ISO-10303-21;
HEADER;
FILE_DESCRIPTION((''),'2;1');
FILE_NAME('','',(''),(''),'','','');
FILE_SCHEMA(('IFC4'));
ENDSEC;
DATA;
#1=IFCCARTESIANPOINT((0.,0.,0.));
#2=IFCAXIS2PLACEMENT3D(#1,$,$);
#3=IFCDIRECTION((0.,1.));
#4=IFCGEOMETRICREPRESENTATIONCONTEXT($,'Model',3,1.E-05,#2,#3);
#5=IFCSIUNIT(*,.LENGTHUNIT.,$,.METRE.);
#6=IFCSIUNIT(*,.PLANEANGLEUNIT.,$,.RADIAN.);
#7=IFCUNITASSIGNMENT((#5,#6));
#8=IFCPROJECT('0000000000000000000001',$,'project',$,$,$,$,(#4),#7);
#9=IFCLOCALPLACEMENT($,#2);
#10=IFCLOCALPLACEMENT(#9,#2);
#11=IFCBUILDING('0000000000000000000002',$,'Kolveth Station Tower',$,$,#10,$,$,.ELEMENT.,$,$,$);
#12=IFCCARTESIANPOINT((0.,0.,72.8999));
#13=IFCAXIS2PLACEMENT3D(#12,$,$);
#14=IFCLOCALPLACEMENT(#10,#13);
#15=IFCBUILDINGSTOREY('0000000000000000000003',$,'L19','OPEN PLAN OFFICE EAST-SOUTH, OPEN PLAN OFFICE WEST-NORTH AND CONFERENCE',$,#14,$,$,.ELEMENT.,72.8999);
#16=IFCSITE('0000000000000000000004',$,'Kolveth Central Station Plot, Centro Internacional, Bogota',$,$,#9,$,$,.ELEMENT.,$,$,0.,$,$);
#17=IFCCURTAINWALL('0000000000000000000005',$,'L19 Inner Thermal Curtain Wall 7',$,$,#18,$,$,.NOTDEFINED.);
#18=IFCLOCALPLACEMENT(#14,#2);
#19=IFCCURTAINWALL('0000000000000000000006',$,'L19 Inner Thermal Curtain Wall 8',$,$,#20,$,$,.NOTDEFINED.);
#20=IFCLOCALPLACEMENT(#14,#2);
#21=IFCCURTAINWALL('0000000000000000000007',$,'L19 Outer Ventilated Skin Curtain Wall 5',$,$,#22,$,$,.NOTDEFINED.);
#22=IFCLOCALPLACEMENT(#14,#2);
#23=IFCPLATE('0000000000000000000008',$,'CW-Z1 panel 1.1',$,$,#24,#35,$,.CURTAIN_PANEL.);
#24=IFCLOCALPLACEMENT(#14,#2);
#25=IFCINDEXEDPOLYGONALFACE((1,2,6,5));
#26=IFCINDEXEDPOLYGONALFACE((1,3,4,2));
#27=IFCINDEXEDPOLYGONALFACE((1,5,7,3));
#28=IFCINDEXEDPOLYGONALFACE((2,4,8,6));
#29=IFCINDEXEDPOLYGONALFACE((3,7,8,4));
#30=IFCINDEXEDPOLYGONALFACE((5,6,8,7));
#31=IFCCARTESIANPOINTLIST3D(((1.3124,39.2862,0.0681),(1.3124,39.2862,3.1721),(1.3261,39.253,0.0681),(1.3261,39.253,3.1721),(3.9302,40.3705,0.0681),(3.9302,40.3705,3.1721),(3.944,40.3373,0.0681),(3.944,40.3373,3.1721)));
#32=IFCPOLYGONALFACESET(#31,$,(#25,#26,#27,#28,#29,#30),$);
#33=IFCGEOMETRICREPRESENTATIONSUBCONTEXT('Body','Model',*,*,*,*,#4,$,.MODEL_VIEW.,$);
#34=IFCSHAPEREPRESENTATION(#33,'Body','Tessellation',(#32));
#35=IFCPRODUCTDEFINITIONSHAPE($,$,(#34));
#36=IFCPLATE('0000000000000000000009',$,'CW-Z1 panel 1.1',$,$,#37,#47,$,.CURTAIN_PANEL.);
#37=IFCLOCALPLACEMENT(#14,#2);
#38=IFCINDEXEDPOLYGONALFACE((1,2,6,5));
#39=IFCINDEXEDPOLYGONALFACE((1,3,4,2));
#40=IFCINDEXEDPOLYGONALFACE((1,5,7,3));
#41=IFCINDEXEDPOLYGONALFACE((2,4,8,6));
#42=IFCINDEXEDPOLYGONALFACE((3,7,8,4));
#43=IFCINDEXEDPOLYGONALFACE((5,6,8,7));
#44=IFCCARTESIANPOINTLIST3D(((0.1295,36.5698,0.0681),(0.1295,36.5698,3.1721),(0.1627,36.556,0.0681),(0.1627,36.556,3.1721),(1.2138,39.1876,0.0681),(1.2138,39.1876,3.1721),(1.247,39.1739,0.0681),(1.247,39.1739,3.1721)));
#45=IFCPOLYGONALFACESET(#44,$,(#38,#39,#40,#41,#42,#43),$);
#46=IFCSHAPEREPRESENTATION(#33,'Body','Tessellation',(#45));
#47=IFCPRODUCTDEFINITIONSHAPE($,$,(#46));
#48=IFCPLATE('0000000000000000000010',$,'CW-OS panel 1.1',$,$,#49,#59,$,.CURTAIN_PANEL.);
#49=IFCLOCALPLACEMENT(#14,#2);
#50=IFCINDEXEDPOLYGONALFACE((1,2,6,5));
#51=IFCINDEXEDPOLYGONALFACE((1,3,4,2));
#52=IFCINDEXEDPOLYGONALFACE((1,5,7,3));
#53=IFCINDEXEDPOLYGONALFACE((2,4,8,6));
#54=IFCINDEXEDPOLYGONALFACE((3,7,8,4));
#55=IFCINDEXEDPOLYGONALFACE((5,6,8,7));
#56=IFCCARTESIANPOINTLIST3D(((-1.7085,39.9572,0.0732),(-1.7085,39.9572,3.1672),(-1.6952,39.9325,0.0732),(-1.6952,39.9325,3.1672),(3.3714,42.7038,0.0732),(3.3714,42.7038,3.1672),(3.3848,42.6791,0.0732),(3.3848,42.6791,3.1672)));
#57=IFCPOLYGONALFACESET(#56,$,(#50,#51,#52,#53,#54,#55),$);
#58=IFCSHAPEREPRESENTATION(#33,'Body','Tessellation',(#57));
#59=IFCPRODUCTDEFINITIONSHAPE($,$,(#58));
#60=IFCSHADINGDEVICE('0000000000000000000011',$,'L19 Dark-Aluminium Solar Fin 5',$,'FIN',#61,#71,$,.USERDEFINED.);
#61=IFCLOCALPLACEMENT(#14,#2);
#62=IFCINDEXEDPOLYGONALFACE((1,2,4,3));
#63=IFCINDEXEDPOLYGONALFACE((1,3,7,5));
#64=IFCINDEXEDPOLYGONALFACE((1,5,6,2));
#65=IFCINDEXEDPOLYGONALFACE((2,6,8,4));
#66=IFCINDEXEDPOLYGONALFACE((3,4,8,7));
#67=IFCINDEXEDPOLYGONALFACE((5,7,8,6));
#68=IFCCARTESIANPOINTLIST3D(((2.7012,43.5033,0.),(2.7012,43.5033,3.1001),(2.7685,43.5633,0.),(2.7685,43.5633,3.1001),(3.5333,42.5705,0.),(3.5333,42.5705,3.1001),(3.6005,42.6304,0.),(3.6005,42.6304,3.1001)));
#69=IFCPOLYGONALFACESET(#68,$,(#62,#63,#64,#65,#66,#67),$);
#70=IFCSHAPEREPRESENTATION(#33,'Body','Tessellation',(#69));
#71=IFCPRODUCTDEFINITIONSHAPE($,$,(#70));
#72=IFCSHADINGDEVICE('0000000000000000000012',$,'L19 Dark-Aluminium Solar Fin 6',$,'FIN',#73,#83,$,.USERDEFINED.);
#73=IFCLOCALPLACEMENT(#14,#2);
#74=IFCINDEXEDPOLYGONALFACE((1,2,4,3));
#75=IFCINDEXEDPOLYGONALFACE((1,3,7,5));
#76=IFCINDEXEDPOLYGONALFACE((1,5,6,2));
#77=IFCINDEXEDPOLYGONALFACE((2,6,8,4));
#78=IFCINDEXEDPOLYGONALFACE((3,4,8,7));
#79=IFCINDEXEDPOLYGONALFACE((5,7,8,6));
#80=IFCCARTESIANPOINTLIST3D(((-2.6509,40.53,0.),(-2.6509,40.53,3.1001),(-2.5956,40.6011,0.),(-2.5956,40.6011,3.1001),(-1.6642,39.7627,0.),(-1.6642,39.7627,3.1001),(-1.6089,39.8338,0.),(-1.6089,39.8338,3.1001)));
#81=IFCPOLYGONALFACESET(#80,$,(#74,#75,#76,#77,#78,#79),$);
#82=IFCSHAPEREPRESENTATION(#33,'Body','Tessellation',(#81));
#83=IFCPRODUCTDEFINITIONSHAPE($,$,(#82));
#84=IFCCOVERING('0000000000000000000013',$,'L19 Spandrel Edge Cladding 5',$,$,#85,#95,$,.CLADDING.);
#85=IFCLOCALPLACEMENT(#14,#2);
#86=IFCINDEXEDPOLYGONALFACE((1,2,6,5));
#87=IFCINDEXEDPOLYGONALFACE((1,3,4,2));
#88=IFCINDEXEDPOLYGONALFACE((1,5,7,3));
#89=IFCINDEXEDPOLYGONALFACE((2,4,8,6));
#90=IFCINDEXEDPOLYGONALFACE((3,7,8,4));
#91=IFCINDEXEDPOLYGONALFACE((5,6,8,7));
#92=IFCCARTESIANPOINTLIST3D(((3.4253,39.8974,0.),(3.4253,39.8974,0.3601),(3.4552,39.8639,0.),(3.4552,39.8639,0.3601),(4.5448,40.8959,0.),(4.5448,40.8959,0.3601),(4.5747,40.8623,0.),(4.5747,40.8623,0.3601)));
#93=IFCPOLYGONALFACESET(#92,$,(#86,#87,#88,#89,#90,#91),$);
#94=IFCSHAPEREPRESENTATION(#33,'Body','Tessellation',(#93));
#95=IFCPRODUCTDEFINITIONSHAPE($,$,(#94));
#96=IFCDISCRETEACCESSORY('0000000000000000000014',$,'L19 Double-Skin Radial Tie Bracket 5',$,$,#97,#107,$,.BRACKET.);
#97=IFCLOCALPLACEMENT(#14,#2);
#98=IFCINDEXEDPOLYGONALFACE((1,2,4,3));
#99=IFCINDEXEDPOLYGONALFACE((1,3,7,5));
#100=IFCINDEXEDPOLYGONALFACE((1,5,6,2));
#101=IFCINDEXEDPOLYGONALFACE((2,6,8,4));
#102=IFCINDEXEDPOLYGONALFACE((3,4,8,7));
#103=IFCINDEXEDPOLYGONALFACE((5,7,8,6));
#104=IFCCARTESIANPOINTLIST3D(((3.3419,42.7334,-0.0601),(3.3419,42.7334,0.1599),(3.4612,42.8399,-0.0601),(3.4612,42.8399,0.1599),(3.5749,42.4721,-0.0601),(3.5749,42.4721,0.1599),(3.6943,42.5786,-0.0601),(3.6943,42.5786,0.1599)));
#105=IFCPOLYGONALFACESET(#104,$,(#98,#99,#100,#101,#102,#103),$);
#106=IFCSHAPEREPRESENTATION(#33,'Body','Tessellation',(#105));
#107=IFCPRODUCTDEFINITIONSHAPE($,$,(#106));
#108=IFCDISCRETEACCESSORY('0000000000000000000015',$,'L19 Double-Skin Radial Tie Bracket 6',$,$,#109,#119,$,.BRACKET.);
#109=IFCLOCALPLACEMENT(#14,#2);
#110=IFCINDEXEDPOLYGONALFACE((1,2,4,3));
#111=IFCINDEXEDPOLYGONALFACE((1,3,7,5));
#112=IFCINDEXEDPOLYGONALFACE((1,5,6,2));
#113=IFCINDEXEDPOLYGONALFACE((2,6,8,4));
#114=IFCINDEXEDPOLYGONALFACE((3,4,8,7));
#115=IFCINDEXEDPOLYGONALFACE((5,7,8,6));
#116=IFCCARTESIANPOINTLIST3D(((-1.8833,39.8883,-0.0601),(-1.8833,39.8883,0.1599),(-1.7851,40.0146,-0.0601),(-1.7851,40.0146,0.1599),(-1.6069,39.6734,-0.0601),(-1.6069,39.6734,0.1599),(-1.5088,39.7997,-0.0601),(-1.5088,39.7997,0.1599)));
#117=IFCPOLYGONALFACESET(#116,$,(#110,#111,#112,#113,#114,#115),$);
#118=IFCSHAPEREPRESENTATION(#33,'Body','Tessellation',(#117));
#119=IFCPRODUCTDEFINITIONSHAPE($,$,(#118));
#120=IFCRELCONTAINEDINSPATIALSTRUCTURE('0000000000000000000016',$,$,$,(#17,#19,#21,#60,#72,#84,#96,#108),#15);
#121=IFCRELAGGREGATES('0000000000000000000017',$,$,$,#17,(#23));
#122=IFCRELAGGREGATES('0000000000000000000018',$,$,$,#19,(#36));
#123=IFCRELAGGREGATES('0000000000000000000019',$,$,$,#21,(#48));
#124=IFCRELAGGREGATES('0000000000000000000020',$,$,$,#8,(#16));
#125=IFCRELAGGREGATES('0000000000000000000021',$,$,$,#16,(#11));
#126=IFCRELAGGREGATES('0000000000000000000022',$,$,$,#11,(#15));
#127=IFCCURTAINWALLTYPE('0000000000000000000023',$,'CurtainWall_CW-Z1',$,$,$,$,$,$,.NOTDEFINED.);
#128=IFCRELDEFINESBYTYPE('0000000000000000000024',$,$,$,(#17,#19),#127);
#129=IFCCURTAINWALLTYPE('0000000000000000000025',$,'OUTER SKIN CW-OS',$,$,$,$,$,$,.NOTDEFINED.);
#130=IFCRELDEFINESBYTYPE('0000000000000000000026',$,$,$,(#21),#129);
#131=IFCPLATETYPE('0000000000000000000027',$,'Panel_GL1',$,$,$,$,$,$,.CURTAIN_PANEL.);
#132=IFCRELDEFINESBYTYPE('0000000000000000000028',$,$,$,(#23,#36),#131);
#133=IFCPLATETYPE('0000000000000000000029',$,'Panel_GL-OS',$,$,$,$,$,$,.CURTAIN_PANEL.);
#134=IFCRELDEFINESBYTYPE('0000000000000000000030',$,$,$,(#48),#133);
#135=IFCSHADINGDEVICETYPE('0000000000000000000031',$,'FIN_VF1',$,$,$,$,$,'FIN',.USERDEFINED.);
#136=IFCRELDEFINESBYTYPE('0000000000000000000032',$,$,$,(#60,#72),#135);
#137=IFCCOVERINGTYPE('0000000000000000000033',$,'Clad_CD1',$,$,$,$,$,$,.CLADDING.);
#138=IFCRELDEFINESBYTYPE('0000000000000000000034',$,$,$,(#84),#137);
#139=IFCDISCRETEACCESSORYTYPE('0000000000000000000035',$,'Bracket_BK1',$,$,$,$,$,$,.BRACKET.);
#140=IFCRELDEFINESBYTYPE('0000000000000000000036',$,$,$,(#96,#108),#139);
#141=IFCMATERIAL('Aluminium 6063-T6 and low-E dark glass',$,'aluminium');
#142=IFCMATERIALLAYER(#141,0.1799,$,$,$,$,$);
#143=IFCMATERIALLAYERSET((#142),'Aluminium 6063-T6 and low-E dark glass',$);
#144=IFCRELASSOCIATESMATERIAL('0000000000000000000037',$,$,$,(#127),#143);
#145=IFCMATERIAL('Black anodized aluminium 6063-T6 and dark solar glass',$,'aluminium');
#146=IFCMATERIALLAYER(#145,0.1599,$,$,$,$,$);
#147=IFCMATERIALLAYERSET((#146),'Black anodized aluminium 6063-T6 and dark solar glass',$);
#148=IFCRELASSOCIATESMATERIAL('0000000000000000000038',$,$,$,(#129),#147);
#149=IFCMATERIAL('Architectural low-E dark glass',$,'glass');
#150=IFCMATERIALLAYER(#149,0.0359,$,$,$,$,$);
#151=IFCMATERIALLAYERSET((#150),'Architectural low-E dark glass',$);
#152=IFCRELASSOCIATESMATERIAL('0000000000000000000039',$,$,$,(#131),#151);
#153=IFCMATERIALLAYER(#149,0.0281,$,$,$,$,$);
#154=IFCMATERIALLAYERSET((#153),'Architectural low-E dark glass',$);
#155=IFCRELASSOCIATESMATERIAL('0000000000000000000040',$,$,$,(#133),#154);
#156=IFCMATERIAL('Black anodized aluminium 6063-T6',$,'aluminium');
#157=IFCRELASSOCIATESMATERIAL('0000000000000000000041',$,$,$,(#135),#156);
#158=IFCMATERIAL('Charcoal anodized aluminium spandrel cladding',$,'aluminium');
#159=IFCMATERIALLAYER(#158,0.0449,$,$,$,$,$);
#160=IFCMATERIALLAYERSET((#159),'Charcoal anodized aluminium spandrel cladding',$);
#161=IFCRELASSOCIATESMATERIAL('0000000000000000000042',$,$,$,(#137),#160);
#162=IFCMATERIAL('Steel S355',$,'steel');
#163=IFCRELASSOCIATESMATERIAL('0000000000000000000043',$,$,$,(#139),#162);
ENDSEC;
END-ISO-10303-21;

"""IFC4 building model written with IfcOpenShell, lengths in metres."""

from ifc_helpers import new_model, si_unit, direction, frame, origin, origin_2d, place, context, subcontext, project, spatial, rectangle, extrude, source, transform, mapped, material, layer, layer_set, type_object, element, aggregate, save


model = new_model("IFC4")

# Units and contexts
model_context = context("Model", 3, precision=1e-05, world=origin(), true_north=direction((0.0, 1.0)))
body_context = subcontext(model_context, "Body", "Model", "MODEL_VIEW")
ifc_project = project(units=[si_unit("LENGTHUNIT", "METRE"), si_unit("PLANEANGLEUNIT", "RADIAN")], contexts=[model_context])

# Site, building, storey
site_placement = place(None, origin())
site = spatial("IfcSite", under=ifc_project, at=site_placement, Name="Kolveth Central Station Plot, Centro Internacional, Bogota", CompositionType="ELEMENT", RefElevation=0.0)
building_placement = place(site_placement, origin())
building = spatial("IfcBuilding", under=site, at=building_placement, Name="Kolveth Station Tower", CompositionType="ELEMENT")
storey_placement = place(building_placement, frame((0.0, 0.0, 72.8999)))
storey = spatial("IfcBuildingStorey", under=building, at=storey_placement, Name="L19", Description="OPEN PLAN OFFICE EAST-SOUTH, OPEN PLAN OFFICE WEST-NORTH AND CONFERENCE", CompositionType="ELEMENT", Elevation=72.8999)

# Shared definitions
ifc_material_1 = material(Name="Steel S355", Category="steel")

# Curtain walls
ifc_material_2 = material(Name="Aluminium 6063-T6 and low-E dark glass", Category="aluminium")
ifc_layer_1 = layer(ifc_material_2, 0.1799)
ifc_layer_set_1 = layer_set([ifc_layer_1], Name="Aluminium 6063-T6 and low-E dark glass")
curtain_wall_type_1 = type_object("IfcCurtainWallType", Name="CurtainWall_CW-Z1", PredefinedType="NOTDEFINED", material=ifc_layer_set_1)
curtain_wall_1_placement = place(storey_placement, origin())
curtain_wall_1 = element("IfcCurtainWall", 1, at=curtain_wall_1_placement, inside=storey, type_object=curtain_wall_type_1, Name="L19 Inner Thermal Curtain Wall 7", PredefinedType="NOTDEFINED")
ifc_material_3 = material(Name="Black anodized aluminium 6063-T6", Category="aluminium")
curtain_wall_2_placement = place(storey_placement, origin())
curtain_wall_2 = element("IfcCurtainWall", 2, at=curtain_wall_2_placement, inside=storey, type_object=curtain_wall_type_1, Name="L19 Inner Thermal Curtain Wall 8", PredefinedType="NOTDEFINED")

# Shared definitions
ifc_material_4 = material(Name="Black anodized aluminium 6063-T6 and dark solar glass", Category="aluminium")
ifc_layer_2 = layer(ifc_material_4, 0.1599)
ifc_layer_set_2 = layer_set([ifc_layer_2], Name="Black anodized aluminium 6063-T6 and dark solar glass")
curtain_wall_type_2 = type_object("IfcCurtainWallType", Name="OUTER SKIN CW-OS", PredefinedType="NOTDEFINED", material=ifc_layer_set_2)

# Curtain wall
curtain_wall_3_placement = place(storey_placement, origin())
curtain_wall_3 = element("IfcCurtainWall", 3, at=curtain_wall_3_placement, inside=storey, type_object=curtain_wall_type_2, Name="L19 Outer Ventilated Skin Curtain Wall 5", PredefinedType="NOTDEFINED")

# Plates
ifc_material_5 = material(Name="Architectural low-E dark glass", Category="glass")
ifc_layer_3 = layer(ifc_material_5, 0.0359)
ifc_layer_set_3 = layer_set([ifc_layer_3], Name="Architectural low-E dark glass")
plate_type_1 = type_object("IfcPlateType", Name="Panel_GL1", PredefinedType="CURTAIN_PANEL", material=ifc_layer_set_3)
shared_shape_1 = source(origin(), body_context, "Body", "SweptSolid", [
    extrude(rectangle(XDim=2.8335, YDim=0.0359, at=origin_2d()), origin(), (0.0, 0.0, 1.0), 3.104),
])
plate_1_placement = place(storey_placement, frame((2.6282, 39.8118, 0.0681), z_axis=(0.0, 0.0, 1.0), x_axis=(-0.923884, -0.382673, 0.0)))
plate_1 = element("IfcPlate", 4, at=plate_1_placement, type_object=plate_type_1, Name="CW-Z1 panel 1.1", PredefinedType="CURTAIN_PANEL", context=body_context, shape_type="MappedRepresentation", body=[
    mapped(shared_shape_1, transform((0.0, 0.0, 0.0), x_axis=(1.0, 0.0, 0.0), y_axis=(0.0, 1.0, 0.0), z_axis=(0.0, 0.0, 1.0), scale=1.0)),
])
aggregate(curtain_wall_1, [plate_1])
plate_2_placement = place(storey_placement, frame((0.6882, 37.8718, 0.0681), z_axis=(0.0, 0.0, 1.0), x_axis=(-0.382673, -0.923884, 0.0)))
plate_2 = element("IfcPlate", 5, at=plate_2_placement, type_object=plate_type_1, Name="CW-Z1 panel 1.1", PredefinedType="CURTAIN_PANEL", context=body_context, shape_type="MappedRepresentation", body=[
    mapped(shared_shape_1, transform((0.0, 0.0, 0.0), x_axis=(1.0, 0.0, 0.0), y_axis=(0.0, 1.0, 0.0), z_axis=(0.0, 0.0, 1.0), scale=1.0)),
])
aggregate(curtain_wall_2, [plate_2])
ifc_layer_4 = layer(ifc_material_5, 0.0281)
ifc_layer_set_4 = layer_set([ifc_layer_4], Name="Architectural low-E dark glass")
plate_type_2 = type_object("IfcPlateType", Name="Panel_GL-OS", PredefinedType="CURTAIN_PANEL", material=ifc_layer_set_4)
shared_shape_2 = source(origin(), body_context, "Body", "SweptSolid", [
    extrude(rectangle(XDim=5.7749, YDim=0.0281, at=origin_2d()), origin(), (0.0, 0.0, 1.0), 3.094),
])
plate_3_placement = place(storey_placement, frame((0.8381, 41.3181, 0.0732), z_axis=(0.0, 0.0, 1.0), x_axis=(-0.879658, -0.475607, 0.0)))
plate_3 = element("IfcPlate", 6, at=plate_3_placement, type_object=plate_type_2, Name="CW-OS panel 1.1", PredefinedType="CURTAIN_PANEL", context=body_context, shape_type="MappedRepresentation", body=[
    mapped(shared_shape_2, transform((0.0, 0.0, 0.0), x_axis=(1.0, 0.0, 0.0), y_axis=(0.0, 1.0, 0.0), z_axis=(0.0, 0.0, 1.0), scale=1.0)),
])
aggregate(curtain_wall_3, [plate_3])

# Shading devices
shading_device_type = type_object("IfcShadingDeviceType", Name="FIN_VF1", ElementType="FIN", PredefinedType="USERDEFINED", material=ifc_material_3)
shared_shape_3 = source(origin(), body_context, "Body", "SweptSolid", [
    extrude(rectangle(XDim=1.25, YDim=0.0901, at=origin_2d()), origin(), (0.0, 0.0, 1.0), 3.1001),
])
for number, where, z_axis, x_axis, name in (
    (7, (3.1509, 43.0669, 0.0), (0.0, 0.0, 1.0), (-0.665621, 0.74629, 0.0), "L19 Dark-Aluminium Solar Fin 5"),
    (8, (-2.1299, 40.1819, 0.0), (0.0, 0.0, 1.0), (-0.789406, 0.613872, 0.0), "L19 Dark-Aluminium Solar Fin 6"),
):
    element("IfcShadingDevice", number, at=place(storey_placement, frame(where, z_axis=z_axis, x_axis=x_axis)), inside=storey, type_object=shading_device_type, Name=name, ObjectType="FIN", PredefinedType="USERDEFINED", context=body_context, shape_type="MappedRepresentation", body=[
        mapped(shared_shape_3, transform((0.0, 0.0, 0.0), x_axis=(1.0, 0.0, 0.0), y_axis=(0.0, 1.0, 0.0), z_axis=(0.0, 0.0, 1.0), scale=1.0)),
    ])

# Covering
ifc_material_6 = material(Name="Charcoal anodized aluminium spandrel cladding", Category="aluminium")
ifc_layer_5 = layer(ifc_material_6, 0.0449)
ifc_layer_set_5 = layer_set([ifc_layer_5], Name="Charcoal anodized aluminium spandrel cladding")
covering_type = type_object("IfcCoveringType", Name="Clad_CD1", PredefinedType="CLADDING", material=ifc_layer_set_5)
shared_shape_4 = source(origin(), body_context, "Body", "SweptSolid", [
    extrude(rectangle(XDim=1.5, YDim=0.0449, at=origin_2d()), origin(), (0.0, 0.0, 1.0), 0.3601),
])
covering_placement = place(storey_placement, frame((4.0, 40.3799, 0.0), z_axis=(0.0, 0.0, 1.0), x_axis=(-0.74629, -0.665621, 0.0)))
element("IfcCovering", 9, at=covering_placement, inside=storey, type_object=covering_type, Name="L19 Spandrel Edge Cladding 5", PredefinedType="CLADDING", context=body_context, shape_type="MappedRepresentation", body=[
    mapped(shared_shape_4, transform((0.0, 0.0, 0.0), x_axis=(1.0, 0.0, 0.0), y_axis=(0.0, 1.0, 0.0), z_axis=(0.0, 0.0, 1.0), scale=1.0)),
])

# Discrete accessories
discrete_accessory_type = type_object("IfcDiscreteAccessoryType", Name="Bracket_BK1", PredefinedType="BRACKET", material=ifc_material_1)
shared_shape_5 = source(origin(), body_context, "Body", "SweptSolid", [
    extrude(rectangle(XDim=0.3501, YDim=0.1599, at=origin_2d()), origin(), (0.0, 0.0, 1.0), 0.22),
])
for number, where, z_axis, x_axis, name in (
    (10, (3.5181, 42.656, -0.0601), (0.0, 0.0, 1.0), (-0.665621, 0.74629, 0.0), "L19 Double-Skin Radial Tie Bracket 5"),
    (11, (-1.696, 39.844, -0.0601), (0.0, 0.0, 1.0), (-0.789406, 0.613872, 0.0), "L19 Double-Skin Radial Tie Bracket 6"),
):
    element("IfcDiscreteAccessory", number, at=place(storey_placement, frame(where, z_axis=z_axis, x_axis=x_axis)), inside=storey, type_object=discrete_accessory_type, Name=name, PredefinedType="BRACKET", context=body_context, shape_type="MappedRepresentation", body=[
        mapped(shared_shape_5, transform((0.0, 0.0, 0.0), x_axis=(1.0, 0.0, 0.0), y_axis=(0.0, 1.0, 0.0), z_axis=(0.0, 0.0, 1.0), scale=1.0)),
    ])

save(model, "model.ifc")
